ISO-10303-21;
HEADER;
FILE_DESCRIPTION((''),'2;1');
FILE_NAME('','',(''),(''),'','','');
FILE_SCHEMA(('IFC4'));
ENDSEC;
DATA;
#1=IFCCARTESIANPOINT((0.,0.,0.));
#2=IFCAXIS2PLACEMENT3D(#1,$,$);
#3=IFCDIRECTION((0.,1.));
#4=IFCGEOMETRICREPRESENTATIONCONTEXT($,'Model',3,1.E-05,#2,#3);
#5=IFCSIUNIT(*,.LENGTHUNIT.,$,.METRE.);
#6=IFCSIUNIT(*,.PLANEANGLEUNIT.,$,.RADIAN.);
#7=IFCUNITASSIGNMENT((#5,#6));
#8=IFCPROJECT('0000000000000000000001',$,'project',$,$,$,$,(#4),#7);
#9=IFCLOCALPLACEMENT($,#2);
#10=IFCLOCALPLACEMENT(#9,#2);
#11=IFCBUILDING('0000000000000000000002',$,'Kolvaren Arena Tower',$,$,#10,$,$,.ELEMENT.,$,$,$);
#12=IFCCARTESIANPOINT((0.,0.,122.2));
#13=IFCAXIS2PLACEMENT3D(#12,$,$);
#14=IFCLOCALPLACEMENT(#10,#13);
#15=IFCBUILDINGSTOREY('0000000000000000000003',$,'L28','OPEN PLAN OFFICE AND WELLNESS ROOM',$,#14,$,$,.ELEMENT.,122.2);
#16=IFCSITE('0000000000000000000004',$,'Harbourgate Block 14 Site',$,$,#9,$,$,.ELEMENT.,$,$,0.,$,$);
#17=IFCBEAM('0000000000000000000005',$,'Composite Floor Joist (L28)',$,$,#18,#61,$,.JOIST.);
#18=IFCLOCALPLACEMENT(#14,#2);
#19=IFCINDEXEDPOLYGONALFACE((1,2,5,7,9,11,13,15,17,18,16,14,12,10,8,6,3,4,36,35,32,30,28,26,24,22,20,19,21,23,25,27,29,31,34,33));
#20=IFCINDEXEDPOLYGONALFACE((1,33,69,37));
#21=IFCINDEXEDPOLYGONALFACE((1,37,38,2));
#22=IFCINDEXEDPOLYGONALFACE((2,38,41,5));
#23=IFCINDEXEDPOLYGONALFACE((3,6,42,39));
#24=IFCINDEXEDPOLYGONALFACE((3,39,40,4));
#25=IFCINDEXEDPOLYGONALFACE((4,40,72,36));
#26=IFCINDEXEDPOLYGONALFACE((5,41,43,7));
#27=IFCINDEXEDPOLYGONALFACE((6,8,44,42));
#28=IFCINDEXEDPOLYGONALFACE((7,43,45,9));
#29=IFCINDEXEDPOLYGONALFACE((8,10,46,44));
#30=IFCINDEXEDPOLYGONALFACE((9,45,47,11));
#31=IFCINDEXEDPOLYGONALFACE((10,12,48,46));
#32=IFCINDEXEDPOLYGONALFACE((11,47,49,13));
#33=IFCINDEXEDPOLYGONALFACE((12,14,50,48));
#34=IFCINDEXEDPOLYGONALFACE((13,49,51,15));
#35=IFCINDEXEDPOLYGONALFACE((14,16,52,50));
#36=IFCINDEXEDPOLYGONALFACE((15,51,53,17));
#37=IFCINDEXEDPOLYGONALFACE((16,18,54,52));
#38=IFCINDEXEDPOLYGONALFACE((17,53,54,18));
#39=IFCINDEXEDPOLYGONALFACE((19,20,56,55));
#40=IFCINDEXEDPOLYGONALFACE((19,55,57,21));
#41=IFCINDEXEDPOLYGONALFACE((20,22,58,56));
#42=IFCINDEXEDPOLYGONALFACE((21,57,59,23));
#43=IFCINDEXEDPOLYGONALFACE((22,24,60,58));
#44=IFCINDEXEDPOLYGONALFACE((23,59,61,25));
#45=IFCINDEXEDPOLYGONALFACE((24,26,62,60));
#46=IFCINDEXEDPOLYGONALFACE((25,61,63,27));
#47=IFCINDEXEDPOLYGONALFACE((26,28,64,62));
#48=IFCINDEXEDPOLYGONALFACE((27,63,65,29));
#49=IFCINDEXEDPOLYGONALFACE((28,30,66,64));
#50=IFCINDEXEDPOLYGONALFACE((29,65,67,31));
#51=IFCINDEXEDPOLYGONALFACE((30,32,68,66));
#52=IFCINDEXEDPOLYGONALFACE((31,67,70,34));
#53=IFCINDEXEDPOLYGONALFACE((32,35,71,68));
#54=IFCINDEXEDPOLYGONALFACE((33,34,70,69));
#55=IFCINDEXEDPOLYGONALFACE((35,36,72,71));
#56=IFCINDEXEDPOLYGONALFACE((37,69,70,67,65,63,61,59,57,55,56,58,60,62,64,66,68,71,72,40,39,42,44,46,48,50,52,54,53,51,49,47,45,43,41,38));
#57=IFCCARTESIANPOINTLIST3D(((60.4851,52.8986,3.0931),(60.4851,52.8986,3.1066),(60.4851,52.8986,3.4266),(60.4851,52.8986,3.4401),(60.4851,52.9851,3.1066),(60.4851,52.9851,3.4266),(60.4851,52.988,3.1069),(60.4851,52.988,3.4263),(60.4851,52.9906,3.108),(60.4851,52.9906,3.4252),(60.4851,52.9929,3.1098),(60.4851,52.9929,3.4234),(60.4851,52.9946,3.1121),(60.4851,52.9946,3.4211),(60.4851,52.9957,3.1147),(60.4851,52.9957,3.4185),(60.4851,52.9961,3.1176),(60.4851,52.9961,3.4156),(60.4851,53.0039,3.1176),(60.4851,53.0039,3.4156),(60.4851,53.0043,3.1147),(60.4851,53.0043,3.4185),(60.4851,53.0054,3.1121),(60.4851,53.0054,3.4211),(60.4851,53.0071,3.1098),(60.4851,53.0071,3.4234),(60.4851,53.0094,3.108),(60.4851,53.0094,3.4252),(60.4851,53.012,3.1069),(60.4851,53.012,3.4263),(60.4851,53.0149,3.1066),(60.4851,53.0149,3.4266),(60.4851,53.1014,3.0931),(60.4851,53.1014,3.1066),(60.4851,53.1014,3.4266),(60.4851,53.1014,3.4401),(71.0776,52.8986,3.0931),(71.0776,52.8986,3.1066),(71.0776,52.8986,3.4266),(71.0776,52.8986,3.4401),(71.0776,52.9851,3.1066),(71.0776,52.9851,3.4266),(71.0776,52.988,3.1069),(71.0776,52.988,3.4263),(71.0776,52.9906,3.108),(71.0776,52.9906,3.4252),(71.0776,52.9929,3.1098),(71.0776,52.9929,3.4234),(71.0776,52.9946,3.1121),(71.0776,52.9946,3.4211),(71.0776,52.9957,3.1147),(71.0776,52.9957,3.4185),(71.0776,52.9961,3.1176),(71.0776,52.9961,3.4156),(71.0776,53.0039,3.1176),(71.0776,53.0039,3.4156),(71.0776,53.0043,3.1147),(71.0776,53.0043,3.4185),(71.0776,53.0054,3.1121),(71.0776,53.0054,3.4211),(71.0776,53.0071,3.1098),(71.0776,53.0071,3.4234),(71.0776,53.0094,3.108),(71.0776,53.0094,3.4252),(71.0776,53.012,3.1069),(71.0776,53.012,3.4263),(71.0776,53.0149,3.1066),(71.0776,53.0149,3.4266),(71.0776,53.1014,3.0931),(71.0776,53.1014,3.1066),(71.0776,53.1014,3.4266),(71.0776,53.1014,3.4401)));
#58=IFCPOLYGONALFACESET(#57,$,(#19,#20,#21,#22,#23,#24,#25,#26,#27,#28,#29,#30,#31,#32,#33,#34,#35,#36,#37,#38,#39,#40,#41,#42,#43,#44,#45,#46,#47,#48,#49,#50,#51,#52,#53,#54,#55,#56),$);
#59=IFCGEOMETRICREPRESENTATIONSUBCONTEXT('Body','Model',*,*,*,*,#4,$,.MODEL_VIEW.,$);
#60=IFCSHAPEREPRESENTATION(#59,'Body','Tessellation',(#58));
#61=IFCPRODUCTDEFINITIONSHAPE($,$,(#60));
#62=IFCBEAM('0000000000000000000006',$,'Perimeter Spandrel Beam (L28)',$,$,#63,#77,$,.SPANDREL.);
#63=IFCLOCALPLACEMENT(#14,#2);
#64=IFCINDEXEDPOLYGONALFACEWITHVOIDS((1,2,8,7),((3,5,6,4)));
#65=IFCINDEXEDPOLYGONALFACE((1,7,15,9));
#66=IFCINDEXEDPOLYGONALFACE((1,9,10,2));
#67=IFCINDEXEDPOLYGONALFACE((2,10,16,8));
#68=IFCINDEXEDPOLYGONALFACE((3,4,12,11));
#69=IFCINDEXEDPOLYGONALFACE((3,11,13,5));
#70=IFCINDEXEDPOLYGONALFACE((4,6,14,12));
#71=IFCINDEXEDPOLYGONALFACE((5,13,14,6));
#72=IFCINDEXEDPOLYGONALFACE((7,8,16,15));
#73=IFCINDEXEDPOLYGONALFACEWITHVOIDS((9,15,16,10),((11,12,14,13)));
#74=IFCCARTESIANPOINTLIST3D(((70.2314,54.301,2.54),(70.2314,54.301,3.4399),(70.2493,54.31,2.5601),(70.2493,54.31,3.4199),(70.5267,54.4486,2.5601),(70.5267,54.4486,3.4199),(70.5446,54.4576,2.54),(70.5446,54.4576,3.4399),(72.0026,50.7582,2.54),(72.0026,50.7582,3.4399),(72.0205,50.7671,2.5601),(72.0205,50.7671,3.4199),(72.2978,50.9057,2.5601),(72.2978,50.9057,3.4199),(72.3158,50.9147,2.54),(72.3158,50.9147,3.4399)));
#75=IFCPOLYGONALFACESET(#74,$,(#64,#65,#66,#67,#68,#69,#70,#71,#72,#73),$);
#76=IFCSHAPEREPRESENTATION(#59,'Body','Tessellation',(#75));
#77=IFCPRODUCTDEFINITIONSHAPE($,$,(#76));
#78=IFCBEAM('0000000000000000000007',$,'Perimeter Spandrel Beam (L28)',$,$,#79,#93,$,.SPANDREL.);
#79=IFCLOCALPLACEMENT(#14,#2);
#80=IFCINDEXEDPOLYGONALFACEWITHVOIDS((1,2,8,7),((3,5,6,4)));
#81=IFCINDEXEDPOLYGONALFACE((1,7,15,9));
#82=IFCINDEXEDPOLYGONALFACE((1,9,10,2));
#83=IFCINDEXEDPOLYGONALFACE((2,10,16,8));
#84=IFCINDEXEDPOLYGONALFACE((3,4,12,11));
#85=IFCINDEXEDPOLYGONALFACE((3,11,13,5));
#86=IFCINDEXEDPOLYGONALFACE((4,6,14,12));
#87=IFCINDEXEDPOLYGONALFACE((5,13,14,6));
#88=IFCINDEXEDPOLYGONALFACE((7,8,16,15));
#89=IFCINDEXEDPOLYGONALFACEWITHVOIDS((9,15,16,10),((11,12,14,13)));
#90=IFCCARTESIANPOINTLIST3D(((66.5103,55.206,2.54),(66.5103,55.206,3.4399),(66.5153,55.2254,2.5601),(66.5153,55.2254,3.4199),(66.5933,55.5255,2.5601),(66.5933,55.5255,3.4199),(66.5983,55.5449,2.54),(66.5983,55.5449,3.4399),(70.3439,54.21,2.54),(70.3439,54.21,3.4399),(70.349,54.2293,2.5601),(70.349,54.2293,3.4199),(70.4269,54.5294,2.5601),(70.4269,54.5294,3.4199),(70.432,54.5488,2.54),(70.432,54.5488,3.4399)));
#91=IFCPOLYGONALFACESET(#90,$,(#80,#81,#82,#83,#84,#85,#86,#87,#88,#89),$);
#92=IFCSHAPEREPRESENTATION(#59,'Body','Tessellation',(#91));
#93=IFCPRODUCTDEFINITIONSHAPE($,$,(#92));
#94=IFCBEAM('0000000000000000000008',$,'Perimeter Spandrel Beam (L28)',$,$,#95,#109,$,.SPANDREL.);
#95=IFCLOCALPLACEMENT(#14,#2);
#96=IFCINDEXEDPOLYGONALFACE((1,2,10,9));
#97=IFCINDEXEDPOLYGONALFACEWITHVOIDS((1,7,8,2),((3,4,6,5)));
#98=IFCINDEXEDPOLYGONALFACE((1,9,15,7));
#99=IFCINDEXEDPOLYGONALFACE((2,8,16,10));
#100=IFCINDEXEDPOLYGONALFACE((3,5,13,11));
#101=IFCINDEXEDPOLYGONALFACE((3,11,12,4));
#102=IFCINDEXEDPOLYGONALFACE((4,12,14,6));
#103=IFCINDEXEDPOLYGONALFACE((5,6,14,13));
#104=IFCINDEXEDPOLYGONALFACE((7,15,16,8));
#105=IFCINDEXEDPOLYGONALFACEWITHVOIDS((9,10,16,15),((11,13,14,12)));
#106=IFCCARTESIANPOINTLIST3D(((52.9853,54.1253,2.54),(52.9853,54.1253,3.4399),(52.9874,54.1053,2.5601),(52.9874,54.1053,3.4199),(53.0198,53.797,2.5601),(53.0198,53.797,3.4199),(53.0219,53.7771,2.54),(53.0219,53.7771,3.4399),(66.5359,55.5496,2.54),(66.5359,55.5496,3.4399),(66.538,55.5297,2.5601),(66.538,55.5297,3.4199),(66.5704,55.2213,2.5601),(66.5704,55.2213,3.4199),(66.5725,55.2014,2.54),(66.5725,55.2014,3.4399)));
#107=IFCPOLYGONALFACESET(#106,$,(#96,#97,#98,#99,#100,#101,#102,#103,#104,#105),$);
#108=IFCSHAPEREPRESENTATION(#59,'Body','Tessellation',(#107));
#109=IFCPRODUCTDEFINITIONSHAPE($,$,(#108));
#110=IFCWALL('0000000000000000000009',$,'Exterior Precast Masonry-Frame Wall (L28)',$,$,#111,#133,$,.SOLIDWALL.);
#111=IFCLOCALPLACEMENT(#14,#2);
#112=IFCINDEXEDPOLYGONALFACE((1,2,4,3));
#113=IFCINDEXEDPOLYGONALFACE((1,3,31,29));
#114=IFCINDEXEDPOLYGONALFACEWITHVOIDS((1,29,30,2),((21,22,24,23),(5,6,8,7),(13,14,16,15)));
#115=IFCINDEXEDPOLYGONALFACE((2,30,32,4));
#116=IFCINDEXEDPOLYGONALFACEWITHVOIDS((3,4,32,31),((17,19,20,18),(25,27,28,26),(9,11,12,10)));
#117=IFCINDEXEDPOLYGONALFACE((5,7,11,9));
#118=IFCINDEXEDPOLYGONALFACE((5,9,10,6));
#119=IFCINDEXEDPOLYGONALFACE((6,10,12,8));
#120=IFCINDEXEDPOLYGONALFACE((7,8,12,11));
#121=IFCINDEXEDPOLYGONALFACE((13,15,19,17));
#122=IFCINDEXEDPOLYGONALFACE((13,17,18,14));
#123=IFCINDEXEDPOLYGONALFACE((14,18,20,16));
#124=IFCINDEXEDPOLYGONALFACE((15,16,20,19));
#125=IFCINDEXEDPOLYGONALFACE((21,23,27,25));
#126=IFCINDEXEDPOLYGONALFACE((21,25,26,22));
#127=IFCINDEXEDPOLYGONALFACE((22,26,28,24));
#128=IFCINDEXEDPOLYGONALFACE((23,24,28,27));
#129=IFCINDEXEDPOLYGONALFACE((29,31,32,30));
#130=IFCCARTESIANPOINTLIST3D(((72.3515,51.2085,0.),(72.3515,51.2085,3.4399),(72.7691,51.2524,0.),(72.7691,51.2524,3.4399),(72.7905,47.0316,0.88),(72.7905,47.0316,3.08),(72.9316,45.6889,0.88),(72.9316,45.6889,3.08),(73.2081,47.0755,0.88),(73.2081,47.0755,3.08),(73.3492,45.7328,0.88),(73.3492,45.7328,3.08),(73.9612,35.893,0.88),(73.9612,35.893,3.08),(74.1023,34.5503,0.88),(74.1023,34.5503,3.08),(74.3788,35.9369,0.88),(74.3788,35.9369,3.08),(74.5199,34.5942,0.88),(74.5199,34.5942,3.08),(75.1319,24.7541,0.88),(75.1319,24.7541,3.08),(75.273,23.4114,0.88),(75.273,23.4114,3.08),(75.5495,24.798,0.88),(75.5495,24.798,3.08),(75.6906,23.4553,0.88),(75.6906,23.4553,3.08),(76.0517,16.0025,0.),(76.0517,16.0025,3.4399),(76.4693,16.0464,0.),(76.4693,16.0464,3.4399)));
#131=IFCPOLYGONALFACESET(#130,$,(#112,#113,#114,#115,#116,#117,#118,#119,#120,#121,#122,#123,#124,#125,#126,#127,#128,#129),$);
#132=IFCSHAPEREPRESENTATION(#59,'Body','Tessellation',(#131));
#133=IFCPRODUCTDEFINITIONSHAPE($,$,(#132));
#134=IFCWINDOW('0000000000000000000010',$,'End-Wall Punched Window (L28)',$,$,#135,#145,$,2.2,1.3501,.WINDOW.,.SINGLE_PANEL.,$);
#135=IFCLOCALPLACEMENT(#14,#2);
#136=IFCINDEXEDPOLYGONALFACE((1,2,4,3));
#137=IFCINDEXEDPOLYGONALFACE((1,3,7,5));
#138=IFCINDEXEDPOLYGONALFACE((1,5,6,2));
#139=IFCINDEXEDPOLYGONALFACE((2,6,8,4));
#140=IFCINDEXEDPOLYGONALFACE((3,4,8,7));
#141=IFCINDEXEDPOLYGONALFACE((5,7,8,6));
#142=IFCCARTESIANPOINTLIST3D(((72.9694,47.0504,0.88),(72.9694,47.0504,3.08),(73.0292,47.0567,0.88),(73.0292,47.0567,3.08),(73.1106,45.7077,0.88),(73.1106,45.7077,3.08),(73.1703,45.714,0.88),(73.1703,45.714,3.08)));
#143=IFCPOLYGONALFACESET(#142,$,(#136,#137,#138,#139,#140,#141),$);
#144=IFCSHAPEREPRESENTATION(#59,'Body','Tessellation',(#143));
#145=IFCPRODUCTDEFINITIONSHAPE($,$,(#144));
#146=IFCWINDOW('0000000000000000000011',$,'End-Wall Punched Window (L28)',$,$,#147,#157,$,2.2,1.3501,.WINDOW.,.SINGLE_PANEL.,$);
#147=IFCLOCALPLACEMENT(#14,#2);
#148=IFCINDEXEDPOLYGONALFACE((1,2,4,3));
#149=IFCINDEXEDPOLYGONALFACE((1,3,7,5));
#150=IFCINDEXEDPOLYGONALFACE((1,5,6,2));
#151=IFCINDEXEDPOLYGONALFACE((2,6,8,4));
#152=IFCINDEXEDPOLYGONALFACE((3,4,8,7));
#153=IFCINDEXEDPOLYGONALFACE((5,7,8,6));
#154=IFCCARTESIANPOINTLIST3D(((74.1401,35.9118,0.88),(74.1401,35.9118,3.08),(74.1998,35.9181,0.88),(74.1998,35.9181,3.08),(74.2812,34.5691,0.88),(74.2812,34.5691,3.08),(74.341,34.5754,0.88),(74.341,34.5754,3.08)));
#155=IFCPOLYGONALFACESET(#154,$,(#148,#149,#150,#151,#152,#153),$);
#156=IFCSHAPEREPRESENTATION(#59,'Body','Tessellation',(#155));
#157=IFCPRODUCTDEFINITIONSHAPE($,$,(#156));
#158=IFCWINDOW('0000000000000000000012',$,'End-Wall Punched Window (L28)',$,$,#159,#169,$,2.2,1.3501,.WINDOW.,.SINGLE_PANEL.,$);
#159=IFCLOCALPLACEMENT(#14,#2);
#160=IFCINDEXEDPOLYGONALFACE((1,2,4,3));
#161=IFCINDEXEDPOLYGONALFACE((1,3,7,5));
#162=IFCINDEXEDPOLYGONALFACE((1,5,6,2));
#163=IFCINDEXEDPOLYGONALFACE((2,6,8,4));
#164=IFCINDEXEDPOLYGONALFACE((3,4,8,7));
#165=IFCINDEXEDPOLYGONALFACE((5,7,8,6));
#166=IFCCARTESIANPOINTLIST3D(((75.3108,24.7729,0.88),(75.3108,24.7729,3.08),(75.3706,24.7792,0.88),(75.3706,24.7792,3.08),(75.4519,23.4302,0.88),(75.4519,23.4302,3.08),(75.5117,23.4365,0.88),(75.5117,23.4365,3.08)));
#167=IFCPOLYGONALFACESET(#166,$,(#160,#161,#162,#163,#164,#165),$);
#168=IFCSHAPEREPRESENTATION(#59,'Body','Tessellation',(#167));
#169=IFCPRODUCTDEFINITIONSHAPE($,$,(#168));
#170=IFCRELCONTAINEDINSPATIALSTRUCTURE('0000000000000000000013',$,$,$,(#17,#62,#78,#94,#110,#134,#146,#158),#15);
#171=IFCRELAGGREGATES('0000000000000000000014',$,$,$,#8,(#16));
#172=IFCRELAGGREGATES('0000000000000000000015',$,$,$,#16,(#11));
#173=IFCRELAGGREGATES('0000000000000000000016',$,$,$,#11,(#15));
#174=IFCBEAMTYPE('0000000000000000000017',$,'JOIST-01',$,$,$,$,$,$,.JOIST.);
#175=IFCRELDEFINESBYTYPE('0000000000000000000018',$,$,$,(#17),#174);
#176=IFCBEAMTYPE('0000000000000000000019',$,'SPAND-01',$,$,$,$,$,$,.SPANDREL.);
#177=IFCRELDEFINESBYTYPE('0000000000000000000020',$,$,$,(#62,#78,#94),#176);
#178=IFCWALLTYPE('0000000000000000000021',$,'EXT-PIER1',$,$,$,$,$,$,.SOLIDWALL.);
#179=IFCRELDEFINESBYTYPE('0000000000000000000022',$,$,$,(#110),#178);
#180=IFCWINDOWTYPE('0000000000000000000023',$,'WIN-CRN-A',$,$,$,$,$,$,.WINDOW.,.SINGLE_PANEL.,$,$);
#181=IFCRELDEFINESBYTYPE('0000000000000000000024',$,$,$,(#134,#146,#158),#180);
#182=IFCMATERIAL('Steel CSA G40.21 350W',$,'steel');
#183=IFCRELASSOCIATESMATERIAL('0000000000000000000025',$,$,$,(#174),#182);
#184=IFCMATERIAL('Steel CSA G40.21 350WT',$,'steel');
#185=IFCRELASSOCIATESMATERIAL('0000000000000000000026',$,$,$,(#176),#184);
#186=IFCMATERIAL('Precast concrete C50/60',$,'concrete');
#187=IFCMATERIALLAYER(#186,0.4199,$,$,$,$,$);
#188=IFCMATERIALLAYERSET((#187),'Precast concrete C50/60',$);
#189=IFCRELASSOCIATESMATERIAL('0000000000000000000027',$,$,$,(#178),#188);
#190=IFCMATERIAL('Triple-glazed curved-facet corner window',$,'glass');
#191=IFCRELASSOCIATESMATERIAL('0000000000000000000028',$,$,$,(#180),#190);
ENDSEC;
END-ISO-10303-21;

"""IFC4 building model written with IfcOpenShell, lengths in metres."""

from ifc_helpers import new_model, si_unit, direction, frame, frame_2d, origin, origin_2d, place, context, subcontext, project, spatial, rectangle, hollow_rectangle, i_section, extrude, material, layer, layer_set, material_profile, profile_set, type_object, element, fill, save


model = new_model("IFC4")

# Units and contexts
model_context = context("Model", 3, precision=1e-05, world=origin(), true_north=direction((0.0, 1.0)))
body_context = subcontext(model_context, "Body", "Model", "MODEL_VIEW")
ifc_project = project(units=[si_unit("LENGTHUNIT", "METRE"), si_unit("PLANEANGLEUNIT", "RADIAN")], contexts=[model_context])

# Site, building, storey
site_placement = place(None, origin())
site = spatial("IfcSite", under=ifc_project, at=site_placement, Name="Harbourgate Block 14 Site", CompositionType="ELEMENT", RefElevation=0.0)
building_placement = place(site_placement, origin())
building = spatial("IfcBuilding", under=site, at=building_placement, Name="Kolvaren Arena Tower", CompositionType="ELEMENT")
storey_placement = place(building_placement, frame((0.0, 0.0, 122.2)))
storey = spatial("IfcBuildingStorey", under=building, at=storey_placement, Name="L28", Description="OPEN PLAN OFFICE AND WELLNESS ROOM", CompositionType="ELEMENT", Elevation=122.2)

# Beams
ifc_material_1 = material(Name="Steel CSA G40.21 350W", Category="steel")
ifc_material_profile_1 = material_profile(ifc_material_1, i_section(OverallWidth=0.2029, OverallDepth=0.3469, WebThickness=0.0078, FlangeThickness=0.0134, FilletRadius=0.011, at=origin_2d()), Name="W360x64")
ifc_profile_set_1 = profile_set([ifc_material_profile_1], Name="Steel CSA G40.21 350W")
beam_type_1 = type_object("IfcBeamType", Name="JOIST-01", PredefinedType="JOIST", material=ifc_profile_set_1)
beam_1_placement = place(storey_placement, frame((60.4851, 53.0, 3.2666), z_axis=(1.0, 0.0, 0.0), x_axis=(0.0, 1.0, 0.0)))
element("IfcBeam", 1, at=beam_1_placement, inside=storey, type_object=beam_type_1, Name="Composite Floor Joist (L28)", PredefinedType="JOIST", context=body_context, shape_type="SweptSolid", body=[
    extrude(i_section(OverallWidth=0.2029, OverallDepth=0.3469, WebThickness=0.0078, FlangeThickness=0.0134, FilletRadius=0.011, at=origin_2d()), origin(), (0.0, 0.0, 1.0), 10.5925),
])
ifc_material_2 = material(Name="Steel CSA G40.21 350WT", Category="steel")
ifc_material_profile_2 = material_profile(ifc_material_2, hollow_rectangle(XDim=0.3501, YDim=0.8999, WallThickness=0.02, at=origin_2d()), Name="HSS 900x350x20")
ifc_profile_set_2 = profile_set([ifc_material_profile_2], Name="Steel CSA G40.21 350WT")
beam_type_2 = type_object("IfcBeamType", Name="SPAND-01", PredefinedType="SPANDREL", material=ifc_profile_set_2)
for number, where, z_axis, x_axis, name in (
    (2, (72.1592, 50.8364, 2.99), (-0.447164, 0.894452, 0.0), (-0.894452, -0.447164, 0.0), "Perimeter Spandrel Beam (L28)"),
    (3, (70.3879, 54.3794, 2.99), (-0.967864, 0.251473, 0.0), (-0.251473, -0.967864, 0.0), "Perimeter Spandrel Beam (L28)"),
):
    element("IfcBeam", number, at=place(storey_placement, frame(where, z_axis=z_axis, x_axis=x_axis)), inside=storey, type_object=beam_type_2, Name=name, PredefinedType="SPANDREL", context=body_context, shape_type="SweptSolid", body=[
        extrude(hollow_rectangle(XDim=0.3501, YDim=0.8999, WallThickness=0.02, at=origin_2d()), origin(), (0.0, 0.0, 1.0), 3.9609),
    ])
beam_2_placement = place(storey_placement, frame((66.5542, 55.3755, 2.99), z_axis=(-0.994521, -0.104536, 0.0), x_axis=(0.104536, -0.994521, 0.0)))
element("IfcBeam", 4, at=beam_2_placement, inside=storey, type_object=beam_type_2, Name="Perimeter Spandrel Beam (L28)", PredefinedType="SPANDREL", context=body_context, shape_type="SweptSolid", body=[
    extrude(hollow_rectangle(XDim=0.3501, YDim=0.8999, WallThickness=0.02, at=origin_2d()), origin(), (0.0, 0.0, 1.0), 13.6252),
])

# Wall, openings, windows
ifc_material_3 = material(Name="Precast concrete C50/60", Category="concrete")
ifc_layer_1 = layer(ifc_material_3, 0.4199)
ifc_layer_set_1 = layer_set([ifc_layer_1], Name="Precast concrete C50/60")
wall_type_1 = type_object("IfcWallType", Name="EXT-PIER1", PredefinedType="SOLIDWALL", material=ifc_layer_set_1)
wall_1_placement = place(storey_placement, frame((72.5603, 51.2305, 0.0), z_axis=(0.0, 0.0, 1.0), x_axis=(0.104525, -0.994522, 0.0)))
wall_1 = element("IfcWall", 5, at=wall_1_placement, inside=storey, type_object=wall_type_1, Name="Exterior Precast Masonry-Frame Wall (L28)", PredefinedType="SOLIDWALL", context=body_context, shape_type="SweptSolid", body=[
    extrude(rectangle(XDim=35.3999, YDim=0.4199, at=frame_2d((17.7, 0.0))), origin(), (0.0, 0.0, 1.0), 3.4399),
])
opening_1_placement = place(wall_1_placement, frame((4.2, 0.0, 0.8799)))
opening_1 = element("IfcOpeningElement", 6, at=opening_1_placement, cuts=wall_1, PredefinedType="OPENING", context=body_context, shape_type="SweptSolid", body=[
    extrude(rectangle(XDim=1.3501, YDim=2.2, at=frame_2d((0.675, 1.1001))), frame((0.0, 0.22, 0.0), z_axis=(0.0, -1.0, 0.0), x_axis=(1.0, 0.0, 0.0)), (0.0, 0.0, 1.0), 0.4399),
])
opening_2_placement = place(wall_1_placement, frame((15.3999, 0.0, 0.8799)))
opening_2 = element("IfcOpeningElement", 7, at=opening_2_placement, cuts=wall_1, PredefinedType="OPENING", context=body_context, shape_type="SweptSolid", body=[
    extrude(rectangle(XDim=1.3501, YDim=2.2, at=frame_2d((0.675, 1.1001))), frame((0.0, 0.22, 0.0), z_axis=(0.0, -1.0, 0.0), x_axis=(1.0, 0.0, 0.0)), (0.0, 0.0, 1.0), 0.4399),
])
opening_3_placement = place(wall_1_placement, frame((26.6001, 0.0, 0.8799)))
opening_3 = element("IfcOpeningElement", 8, at=opening_3_placement, cuts=wall_1, PredefinedType="OPENING", context=body_context, shape_type="SweptSolid", body=[
    extrude(rectangle(XDim=1.3501, YDim=2.2, at=frame_2d((0.675, 1.1001))), frame((0.0, 0.22, 0.0), z_axis=(0.0, -1.0, 0.0), x_axis=(1.0, 0.0, 0.0)), (0.0, 0.0, 1.0), 0.4399),
])
ifc_material_4 = material(Name="Triple-glazed curved-facet corner window", Category="glass")
window_type = type_object("IfcWindowType", Name="WIN-CRN-A", PartitioningType="SINGLE_PANEL", PredefinedType="WINDOW", material=ifc_material_4)
window_1_placement = place(opening_1_placement, origin())
window_1 = element("IfcWindow", 9, at=window_1_placement, inside=storey, type_object=window_type, Name="End-Wall Punched Window (L28)", OverallHeight=2.2, OverallWidth=1.3501, PartitioningType="SINGLE_PANEL", PredefinedType="WINDOW", context=body_context, shape_type="SweptSolid", body=[
    extrude(rectangle(XDim=1.3501, YDim=2.2, at=frame_2d((0.675, 1.1001))), frame((0.0, 0.03, 0.0), z_axis=(0.0, -1.0, 0.0), x_axis=(1.0, 0.0, 0.0)), (0.0, 0.0, 1.0), 0.0601),
])
fill(opening_1, window_1)
window_2_placement = place(opening_2_placement, origin())
window_2 = element("IfcWindow", 10, at=window_2_placement, inside=storey, type_object=window_type, Name="End-Wall Punched Window (L28)", OverallHeight=2.2, OverallWidth=1.3501, PartitioningType="SINGLE_PANEL", PredefinedType="WINDOW", context=body_context, shape_type="SweptSolid", body=[
    extrude(rectangle(XDim=1.3501, YDim=2.2, at=frame_2d((0.675, 1.1001))), frame((0.0, 0.03, 0.0), z_axis=(0.0, -1.0, 0.0), x_axis=(1.0, 0.0, 0.0)), (0.0, 0.0, 1.0), 0.0601),
])
fill(opening_2, window_2)
window_3_placement = place(opening_3_placement, origin())
window_3 = element("IfcWindow", 11, at=window_3_placement, inside=storey, type_object=window_type, Name="End-Wall Punched Window (L28)", OverallHeight=2.2, OverallWidth=1.3501, PartitioningType="SINGLE_PANEL", PredefinedType="WINDOW", context=body_context, shape_type="SweptSolid", body=[
    extrude(rectangle(XDim=1.3501, YDim=2.2, at=frame_2d((0.675, 1.1001))), frame((0.0, 0.03, 0.0), z_axis=(0.0, -1.0, 0.0), x_axis=(1.0, 0.0, 0.0)), (0.0, 0.0, 1.0), 0.0601),
])
fill(opening_3, window_3)

save(model, "model.ifc")
